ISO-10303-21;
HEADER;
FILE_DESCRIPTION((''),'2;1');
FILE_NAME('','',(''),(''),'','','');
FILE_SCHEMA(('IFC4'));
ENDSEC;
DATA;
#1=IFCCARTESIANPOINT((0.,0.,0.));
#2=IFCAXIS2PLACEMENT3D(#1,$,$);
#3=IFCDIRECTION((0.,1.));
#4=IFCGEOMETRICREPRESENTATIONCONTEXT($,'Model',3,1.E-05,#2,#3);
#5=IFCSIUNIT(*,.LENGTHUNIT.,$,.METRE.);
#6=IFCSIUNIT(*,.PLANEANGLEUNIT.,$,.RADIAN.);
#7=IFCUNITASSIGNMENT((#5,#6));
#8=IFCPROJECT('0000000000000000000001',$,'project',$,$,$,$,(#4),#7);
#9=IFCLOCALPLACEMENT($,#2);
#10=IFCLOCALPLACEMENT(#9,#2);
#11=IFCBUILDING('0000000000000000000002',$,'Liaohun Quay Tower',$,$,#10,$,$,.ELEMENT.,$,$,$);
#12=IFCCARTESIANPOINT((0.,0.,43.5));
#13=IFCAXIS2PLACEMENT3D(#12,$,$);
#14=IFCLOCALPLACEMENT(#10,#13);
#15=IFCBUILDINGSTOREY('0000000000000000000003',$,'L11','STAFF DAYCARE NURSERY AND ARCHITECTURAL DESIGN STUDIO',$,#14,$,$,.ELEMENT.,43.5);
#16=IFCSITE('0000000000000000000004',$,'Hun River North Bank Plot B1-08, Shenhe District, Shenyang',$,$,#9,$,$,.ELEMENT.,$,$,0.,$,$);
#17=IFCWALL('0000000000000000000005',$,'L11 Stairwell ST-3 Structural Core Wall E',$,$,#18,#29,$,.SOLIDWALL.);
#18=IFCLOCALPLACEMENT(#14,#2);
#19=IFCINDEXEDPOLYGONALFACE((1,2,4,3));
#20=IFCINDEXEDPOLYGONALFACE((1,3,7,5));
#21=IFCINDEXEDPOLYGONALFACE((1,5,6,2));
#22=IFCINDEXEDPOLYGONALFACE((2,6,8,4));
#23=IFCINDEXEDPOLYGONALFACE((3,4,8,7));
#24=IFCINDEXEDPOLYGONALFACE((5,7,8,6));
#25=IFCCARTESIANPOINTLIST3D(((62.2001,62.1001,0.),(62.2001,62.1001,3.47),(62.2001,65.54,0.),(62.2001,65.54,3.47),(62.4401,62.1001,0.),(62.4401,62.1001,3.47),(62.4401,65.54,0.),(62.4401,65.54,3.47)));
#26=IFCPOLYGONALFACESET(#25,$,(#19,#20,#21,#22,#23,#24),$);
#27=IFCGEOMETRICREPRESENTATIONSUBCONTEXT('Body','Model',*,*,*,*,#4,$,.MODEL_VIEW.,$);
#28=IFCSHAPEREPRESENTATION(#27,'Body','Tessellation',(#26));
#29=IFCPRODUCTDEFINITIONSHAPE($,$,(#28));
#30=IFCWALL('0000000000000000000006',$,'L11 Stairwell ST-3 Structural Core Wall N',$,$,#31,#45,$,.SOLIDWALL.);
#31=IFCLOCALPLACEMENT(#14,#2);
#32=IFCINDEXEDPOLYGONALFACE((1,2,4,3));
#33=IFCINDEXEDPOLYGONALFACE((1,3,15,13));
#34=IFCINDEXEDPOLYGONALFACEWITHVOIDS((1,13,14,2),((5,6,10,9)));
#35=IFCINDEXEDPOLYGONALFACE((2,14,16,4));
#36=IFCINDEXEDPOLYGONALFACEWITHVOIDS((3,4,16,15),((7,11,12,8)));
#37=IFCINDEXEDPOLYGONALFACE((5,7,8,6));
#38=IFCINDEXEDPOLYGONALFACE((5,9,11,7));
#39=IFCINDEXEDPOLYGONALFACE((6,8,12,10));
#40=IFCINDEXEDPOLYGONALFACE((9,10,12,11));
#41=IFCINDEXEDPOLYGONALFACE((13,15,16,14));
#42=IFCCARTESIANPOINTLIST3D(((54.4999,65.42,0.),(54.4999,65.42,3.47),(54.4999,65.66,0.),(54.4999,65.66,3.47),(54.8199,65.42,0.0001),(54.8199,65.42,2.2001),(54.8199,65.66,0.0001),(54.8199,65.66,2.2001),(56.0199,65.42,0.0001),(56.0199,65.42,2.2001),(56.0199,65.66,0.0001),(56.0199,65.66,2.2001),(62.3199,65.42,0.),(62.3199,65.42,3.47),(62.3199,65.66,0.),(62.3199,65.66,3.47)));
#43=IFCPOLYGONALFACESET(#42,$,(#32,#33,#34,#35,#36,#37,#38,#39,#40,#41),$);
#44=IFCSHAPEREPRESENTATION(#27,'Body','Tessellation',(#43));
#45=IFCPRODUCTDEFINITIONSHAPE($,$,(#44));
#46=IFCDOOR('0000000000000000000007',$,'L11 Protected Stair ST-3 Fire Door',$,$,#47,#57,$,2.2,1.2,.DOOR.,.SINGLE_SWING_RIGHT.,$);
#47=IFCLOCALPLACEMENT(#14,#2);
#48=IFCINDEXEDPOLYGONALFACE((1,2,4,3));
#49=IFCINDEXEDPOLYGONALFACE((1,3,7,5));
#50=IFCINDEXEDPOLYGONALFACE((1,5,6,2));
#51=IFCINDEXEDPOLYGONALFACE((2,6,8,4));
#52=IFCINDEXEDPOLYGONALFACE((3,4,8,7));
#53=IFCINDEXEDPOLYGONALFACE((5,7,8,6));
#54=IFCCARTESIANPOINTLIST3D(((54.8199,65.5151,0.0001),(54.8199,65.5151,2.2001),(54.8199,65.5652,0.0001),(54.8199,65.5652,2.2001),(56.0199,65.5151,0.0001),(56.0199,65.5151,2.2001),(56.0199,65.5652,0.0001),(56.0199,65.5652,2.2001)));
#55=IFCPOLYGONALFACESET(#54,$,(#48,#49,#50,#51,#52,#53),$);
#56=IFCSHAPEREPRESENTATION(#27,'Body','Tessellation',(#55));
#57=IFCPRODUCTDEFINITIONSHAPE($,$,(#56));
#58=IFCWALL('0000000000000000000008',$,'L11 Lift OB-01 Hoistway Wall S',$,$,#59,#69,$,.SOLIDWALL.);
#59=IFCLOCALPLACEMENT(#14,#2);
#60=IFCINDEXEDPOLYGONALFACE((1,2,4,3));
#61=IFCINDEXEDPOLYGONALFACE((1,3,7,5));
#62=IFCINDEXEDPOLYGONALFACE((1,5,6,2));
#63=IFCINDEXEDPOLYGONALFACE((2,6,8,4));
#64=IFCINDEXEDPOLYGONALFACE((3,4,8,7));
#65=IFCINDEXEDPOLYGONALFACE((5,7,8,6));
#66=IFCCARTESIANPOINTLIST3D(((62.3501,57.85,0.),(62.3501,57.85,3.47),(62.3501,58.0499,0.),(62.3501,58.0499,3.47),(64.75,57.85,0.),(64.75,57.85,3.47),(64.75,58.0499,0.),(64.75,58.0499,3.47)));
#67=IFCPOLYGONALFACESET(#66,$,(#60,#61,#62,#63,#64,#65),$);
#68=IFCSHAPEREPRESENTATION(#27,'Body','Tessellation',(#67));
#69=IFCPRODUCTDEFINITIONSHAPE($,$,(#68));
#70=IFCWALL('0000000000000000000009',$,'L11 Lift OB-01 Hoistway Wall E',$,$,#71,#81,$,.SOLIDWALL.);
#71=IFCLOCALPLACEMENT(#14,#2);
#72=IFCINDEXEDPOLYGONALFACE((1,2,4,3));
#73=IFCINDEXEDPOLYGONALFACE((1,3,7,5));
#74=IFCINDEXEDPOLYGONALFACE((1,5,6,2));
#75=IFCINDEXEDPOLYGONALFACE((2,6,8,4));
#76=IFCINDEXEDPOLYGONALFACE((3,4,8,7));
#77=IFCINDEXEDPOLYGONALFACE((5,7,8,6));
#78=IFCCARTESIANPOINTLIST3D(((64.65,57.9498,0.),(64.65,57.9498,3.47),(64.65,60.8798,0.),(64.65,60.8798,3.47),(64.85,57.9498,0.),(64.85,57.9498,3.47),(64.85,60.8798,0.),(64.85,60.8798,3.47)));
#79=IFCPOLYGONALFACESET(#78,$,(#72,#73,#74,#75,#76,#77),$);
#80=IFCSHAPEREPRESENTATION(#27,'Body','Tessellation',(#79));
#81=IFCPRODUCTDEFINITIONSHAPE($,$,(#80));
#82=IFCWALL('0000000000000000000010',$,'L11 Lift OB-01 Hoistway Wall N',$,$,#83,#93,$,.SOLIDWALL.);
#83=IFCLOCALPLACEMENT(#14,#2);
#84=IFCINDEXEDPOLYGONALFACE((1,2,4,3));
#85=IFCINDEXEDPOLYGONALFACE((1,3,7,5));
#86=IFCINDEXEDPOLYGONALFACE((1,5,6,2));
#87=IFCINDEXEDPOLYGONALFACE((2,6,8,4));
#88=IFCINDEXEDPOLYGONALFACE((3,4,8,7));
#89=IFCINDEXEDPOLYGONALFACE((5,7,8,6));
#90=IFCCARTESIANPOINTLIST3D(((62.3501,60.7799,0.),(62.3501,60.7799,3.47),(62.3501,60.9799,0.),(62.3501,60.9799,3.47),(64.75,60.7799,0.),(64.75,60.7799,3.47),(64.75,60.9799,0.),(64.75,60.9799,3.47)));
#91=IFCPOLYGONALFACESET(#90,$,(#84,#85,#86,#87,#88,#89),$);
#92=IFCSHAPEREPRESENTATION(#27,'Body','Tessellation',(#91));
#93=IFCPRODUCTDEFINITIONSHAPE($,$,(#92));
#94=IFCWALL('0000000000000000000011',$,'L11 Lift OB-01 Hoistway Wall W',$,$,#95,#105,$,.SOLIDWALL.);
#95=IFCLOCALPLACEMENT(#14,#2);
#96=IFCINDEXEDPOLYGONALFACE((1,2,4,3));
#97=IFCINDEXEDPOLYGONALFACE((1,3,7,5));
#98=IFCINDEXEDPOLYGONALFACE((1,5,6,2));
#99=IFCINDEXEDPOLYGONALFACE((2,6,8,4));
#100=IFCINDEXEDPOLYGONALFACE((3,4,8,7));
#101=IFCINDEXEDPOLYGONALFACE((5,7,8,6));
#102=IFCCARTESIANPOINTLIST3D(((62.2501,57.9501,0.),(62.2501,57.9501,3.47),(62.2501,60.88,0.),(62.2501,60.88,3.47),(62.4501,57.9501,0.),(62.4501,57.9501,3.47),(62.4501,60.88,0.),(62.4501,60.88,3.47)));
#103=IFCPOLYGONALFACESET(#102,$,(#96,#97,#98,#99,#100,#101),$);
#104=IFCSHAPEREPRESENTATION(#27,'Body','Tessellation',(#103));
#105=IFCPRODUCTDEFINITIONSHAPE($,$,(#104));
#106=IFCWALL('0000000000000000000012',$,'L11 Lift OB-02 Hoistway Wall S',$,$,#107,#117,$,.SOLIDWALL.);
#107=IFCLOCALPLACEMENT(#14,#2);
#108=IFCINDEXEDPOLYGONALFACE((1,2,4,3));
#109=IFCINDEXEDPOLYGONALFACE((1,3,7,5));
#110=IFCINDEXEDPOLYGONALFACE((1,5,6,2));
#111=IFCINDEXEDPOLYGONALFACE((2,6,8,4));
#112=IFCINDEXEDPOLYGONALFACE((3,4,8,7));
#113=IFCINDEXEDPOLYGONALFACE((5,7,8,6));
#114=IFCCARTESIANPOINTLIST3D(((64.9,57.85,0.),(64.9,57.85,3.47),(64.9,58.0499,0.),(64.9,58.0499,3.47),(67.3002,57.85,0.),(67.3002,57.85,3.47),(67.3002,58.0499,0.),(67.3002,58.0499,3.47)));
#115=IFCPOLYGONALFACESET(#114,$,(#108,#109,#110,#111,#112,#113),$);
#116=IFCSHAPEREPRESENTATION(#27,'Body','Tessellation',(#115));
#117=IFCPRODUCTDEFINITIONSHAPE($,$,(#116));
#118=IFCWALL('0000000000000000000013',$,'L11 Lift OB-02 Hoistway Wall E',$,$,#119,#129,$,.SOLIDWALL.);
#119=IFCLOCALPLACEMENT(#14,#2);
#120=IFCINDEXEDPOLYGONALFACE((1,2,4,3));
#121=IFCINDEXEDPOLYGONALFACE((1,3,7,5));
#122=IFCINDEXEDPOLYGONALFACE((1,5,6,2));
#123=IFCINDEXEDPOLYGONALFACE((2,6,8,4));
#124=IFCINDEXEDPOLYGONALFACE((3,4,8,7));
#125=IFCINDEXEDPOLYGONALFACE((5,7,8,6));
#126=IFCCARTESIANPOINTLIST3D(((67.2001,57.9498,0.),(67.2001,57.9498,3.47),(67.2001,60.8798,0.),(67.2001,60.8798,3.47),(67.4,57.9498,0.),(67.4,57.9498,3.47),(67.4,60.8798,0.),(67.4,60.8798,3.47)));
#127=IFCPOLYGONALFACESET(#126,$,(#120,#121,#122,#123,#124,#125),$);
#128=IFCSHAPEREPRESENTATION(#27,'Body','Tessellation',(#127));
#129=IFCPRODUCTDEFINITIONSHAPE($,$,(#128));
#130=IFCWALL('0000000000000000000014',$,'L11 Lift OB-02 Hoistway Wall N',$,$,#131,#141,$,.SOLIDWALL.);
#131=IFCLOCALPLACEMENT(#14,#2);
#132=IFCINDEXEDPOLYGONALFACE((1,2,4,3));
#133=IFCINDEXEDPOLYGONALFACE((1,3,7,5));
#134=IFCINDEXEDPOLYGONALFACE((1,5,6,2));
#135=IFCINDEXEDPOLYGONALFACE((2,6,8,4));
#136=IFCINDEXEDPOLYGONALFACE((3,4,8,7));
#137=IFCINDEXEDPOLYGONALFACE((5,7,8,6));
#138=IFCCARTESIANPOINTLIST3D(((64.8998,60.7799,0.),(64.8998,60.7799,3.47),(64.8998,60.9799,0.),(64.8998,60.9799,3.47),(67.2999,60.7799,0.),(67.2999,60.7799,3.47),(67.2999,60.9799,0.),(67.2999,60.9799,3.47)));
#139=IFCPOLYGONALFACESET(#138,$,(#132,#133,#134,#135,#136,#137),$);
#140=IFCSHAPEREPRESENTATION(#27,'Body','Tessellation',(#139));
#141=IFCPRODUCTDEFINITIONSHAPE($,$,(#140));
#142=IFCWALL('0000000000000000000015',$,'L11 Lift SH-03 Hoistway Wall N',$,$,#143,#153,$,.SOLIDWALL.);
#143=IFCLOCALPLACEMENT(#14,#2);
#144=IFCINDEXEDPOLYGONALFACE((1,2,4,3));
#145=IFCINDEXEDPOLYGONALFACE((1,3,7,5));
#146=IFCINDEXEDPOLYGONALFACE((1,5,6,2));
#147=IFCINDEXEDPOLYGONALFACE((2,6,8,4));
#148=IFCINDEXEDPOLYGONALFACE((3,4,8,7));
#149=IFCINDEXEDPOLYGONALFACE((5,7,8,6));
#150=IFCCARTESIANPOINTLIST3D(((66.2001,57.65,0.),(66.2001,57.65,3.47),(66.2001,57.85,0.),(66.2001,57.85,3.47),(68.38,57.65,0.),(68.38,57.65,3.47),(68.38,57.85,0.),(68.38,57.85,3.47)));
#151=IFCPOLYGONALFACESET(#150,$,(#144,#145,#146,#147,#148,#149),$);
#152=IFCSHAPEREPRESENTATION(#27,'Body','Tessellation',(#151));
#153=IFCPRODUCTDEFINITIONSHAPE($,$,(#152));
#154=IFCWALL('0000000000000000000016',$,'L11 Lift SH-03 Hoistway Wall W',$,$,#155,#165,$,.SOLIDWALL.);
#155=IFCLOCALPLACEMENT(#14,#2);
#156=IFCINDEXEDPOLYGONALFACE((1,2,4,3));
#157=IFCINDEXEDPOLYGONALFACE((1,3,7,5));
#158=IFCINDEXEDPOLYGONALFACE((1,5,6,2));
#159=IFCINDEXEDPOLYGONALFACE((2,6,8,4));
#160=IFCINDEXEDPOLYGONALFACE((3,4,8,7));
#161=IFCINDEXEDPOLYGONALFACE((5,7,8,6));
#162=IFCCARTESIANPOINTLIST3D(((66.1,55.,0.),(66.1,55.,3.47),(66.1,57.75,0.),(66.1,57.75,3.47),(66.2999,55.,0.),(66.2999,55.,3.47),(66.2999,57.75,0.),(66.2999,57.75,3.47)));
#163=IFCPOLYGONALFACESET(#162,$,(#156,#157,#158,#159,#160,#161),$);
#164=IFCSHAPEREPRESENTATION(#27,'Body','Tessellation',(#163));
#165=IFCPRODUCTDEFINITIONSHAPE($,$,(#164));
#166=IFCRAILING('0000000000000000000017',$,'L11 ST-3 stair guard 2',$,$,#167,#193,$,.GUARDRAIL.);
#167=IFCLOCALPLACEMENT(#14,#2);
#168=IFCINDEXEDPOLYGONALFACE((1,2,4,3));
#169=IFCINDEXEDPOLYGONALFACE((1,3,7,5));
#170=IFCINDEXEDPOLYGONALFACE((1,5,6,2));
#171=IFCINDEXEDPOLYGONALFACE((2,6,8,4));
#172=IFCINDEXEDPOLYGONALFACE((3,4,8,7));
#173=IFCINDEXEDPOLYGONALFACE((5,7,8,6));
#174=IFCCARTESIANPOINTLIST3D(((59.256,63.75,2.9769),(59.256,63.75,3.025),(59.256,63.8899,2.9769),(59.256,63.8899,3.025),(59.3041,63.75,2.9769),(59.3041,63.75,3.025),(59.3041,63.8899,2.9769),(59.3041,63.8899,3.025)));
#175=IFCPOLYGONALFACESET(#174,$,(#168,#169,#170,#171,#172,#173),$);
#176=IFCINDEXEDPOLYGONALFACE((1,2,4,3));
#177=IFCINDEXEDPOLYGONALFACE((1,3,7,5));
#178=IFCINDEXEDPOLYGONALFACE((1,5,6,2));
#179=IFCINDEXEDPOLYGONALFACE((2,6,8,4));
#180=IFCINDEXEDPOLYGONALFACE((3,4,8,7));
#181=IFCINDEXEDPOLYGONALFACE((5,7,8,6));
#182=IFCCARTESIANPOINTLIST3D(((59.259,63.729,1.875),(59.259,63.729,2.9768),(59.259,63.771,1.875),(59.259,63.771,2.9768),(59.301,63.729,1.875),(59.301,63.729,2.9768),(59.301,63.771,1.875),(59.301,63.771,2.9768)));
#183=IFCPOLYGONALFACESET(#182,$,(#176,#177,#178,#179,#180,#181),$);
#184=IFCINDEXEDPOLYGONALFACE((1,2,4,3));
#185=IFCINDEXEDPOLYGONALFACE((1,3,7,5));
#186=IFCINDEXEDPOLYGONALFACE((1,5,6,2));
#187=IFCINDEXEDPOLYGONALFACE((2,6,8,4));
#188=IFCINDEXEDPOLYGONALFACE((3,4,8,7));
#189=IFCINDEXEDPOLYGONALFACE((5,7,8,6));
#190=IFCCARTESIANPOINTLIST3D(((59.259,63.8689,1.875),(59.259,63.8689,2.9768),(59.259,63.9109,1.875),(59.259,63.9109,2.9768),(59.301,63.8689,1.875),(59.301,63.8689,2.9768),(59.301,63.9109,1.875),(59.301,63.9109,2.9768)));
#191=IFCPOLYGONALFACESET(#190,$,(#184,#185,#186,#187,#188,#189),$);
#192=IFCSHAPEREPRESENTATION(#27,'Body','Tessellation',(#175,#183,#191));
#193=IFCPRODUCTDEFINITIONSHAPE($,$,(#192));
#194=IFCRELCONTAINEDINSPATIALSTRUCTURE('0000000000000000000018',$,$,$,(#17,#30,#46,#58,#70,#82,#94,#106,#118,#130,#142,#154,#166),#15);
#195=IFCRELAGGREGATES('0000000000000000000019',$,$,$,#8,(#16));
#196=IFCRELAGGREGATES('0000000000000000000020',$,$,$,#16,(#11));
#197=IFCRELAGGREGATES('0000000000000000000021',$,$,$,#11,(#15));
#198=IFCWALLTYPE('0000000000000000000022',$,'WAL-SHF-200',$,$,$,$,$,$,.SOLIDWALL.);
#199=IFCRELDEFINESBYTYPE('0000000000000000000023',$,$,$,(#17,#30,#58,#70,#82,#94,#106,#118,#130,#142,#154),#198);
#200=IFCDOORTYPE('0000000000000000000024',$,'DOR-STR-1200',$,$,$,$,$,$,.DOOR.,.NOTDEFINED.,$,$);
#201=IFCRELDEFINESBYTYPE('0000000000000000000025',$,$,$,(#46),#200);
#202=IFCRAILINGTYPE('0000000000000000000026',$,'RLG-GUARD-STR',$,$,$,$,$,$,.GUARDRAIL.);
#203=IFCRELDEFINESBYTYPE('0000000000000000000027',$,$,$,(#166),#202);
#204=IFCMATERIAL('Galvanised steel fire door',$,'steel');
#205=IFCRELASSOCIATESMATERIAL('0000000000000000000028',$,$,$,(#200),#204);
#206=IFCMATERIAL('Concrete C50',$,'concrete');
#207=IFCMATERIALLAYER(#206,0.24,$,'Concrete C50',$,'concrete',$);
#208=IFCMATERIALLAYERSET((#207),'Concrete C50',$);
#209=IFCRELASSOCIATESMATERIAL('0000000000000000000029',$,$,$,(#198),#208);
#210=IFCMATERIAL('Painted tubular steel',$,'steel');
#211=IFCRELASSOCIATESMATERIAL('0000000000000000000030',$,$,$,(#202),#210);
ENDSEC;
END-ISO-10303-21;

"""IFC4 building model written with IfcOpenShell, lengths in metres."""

from ifc_helpers import new_model, si_unit, direction, frame, frame_2d, origin, origin_2d, place, context, subcontext, project, spatial, rectangle, extrude, source, transform, mapped, material, layer, layer_set, type_object, element, fill, save


model = new_model("IFC4")

# Units and contexts
model_context = context("Model", 3, precision=1e-05, world=origin(), true_north=direction((0.0, 1.0)))
body_context = subcontext(model_context, "Body", "Model", "MODEL_VIEW")
ifc_project = project(units=[si_unit("LENGTHUNIT", "METRE"), si_unit("PLANEANGLEUNIT", "RADIAN")], contexts=[model_context])

# Site, building, storey
site_placement = place(None, origin())
site = spatial("IfcSite", under=ifc_project, at=site_placement, Name="Hun River North Bank Plot B1-08, Shenhe District, Shenyang", CompositionType="ELEMENT", RefElevation=0.0)
building_placement = place(site_placement, origin())
building = spatial("IfcBuilding", under=site, at=building_placement, Name="Liaohun Quay Tower", CompositionType="ELEMENT")
storey_placement = place(building_placement, frame((0.0, 0.0, 43.5)))
storey = spatial("IfcBuildingStorey", under=building, at=storey_placement, Name="L11", Description="STAFF DAYCARE NURSERY AND ARCHITECTURAL DESIGN STUDIO", CompositionType="ELEMENT", Elevation=43.5)

# Shared definitions
ifc_material_1 = material(Name="Galvanised steel fire door", Category="steel")
door_type_1 = type_object("IfcDoorType", Name="DOR-STR-1200", OperationType="NOTDEFINED", PredefinedType="DOOR", material=ifc_material_1)
shared_shape_1 = source(origin(), body_context, "Body", "SweptSolid", [
    extrude(rectangle(XDim=1.2, YDim=2.2, at=frame_2d((0.6001, 1.1001))), frame((0.0, 0.0249, 0.0), z_axis=(0.0, -1.0, 0.0), x_axis=(1.0, 0.0, 0.0)), (0.0, 0.0, 1.0), 0.05),
])

# Wall
ifc_material_2 = material(Name="Concrete C50", Category="concrete")
ifc_layer_1 = layer(ifc_material_2, 0.24, Name="Concrete C50", Category="concrete")
ifc_layer_set_1 = layer_set([ifc_layer_1], Name="Concrete C50")
wall_type_1 = type_object("IfcWallType", Name="WAL-SHF-200", PredefinedType="SOLIDWALL", material=ifc_layer_set_1)
wall_1_placement = place(storey_placement, frame((62.3201, 62.1001, 0.0), z_axis=(0.0, 0.0, 1.0), x_axis=(0.0, 1.0, 0.0)))
element("IfcWall", 1, at=wall_1_placement, inside=storey, type_object=wall_type_1, Name="L11 Stairwell ST-3 Structural Core Wall E", PredefinedType="SOLIDWALL", context=body_context, shape_type="SweptSolid", body=[
    extrude(rectangle(XDim=3.4399, YDim=0.24, at=frame_2d((1.72, 0.0))), origin(), (0.0, 0.0, 1.0), 3.47),
])

# Wall, opening, door
wall_2_placement = place(storey_placement, frame((62.3201, 65.54, 0.0), z_axis=(0.0, 0.0, 1.0), x_axis=(-1.0, 0.0, 0.0)))
wall_2 = element("IfcWall", 2, at=wall_2_placement, inside=storey, type_object=wall_type_1, Name="L11 Stairwell ST-3 Structural Core Wall N", PredefinedType="SOLIDWALL", context=body_context, shape_type="SweptSolid", body=[
    extrude(rectangle(XDim=7.8201, YDim=0.24, at=frame_2d((3.9102, 0.0))), origin(), (0.0, 0.0, 1.0), 3.47),
])
shared_shape_2 = source(origin(), body_context, "Body", "SweptSolid", [
    extrude(rectangle(XDim=1.2, YDim=2.2, at=frame_2d((0.6001, 1.1001))), frame((0.0, 0.1299, 0.0), z_axis=(0.0, -1.0, 0.0), x_axis=(1.0, 0.0, 0.0)), (0.0, 0.0, 1.0), 0.26),
])
opening_1_placement = place(wall_2_placement, frame((6.3, 0.0, 0.0)))
opening_1 = element("IfcOpeningElement", 3, at=opening_1_placement, cuts=wall_2, PredefinedType="OPENING", context=body_context, shape_type="MappedRepresentation", body=[
    mapped(shared_shape_2, transform((0.0, 0.0, 0.0), x_axis=(1.0, 0.0, 0.0), y_axis=(0.0, 1.0, 0.0), z_axis=(0.0, 0.0, 1.0), scale=1.0)),
])
door_1_placement = place(opening_1_placement, origin())
door_1 = element("IfcDoor", 4, at=door_1_placement, inside=storey, type_object=door_type_1, Name="L11 Protected Stair ST-3 Fire Door", OperationType="SINGLE_SWING_RIGHT", OverallHeight=2.2, OverallWidth=1.2, PredefinedType="DOOR", context=body_context, shape_type="MappedRepresentation", body=[
    mapped(shared_shape_1, transform((0.0, 0.0, 0.0), x_axis=(1.0, 0.0, 0.0), y_axis=(0.0, 1.0, 0.0), z_axis=(0.0, 0.0, 1.0), scale=1.0)),
])
fill(opening_1, door_1)

# Walls
wall_3_placement = place(storey_placement, frame((62.3501, 57.95, 0.0), z_axis=(0.0, 0.0, 1.0), x_axis=(1.0, 0.0, 0.0)))
element("IfcWall", 5, at=wall_3_placement, inside=storey, type_object=wall_type_1, Name="L11 Lift OB-01 Hoistway Wall S", PredefinedType="SOLIDWALL", context=body_context, shape_type="SweptSolid", body=[
    extrude(rectangle(XDim=2.3999, YDim=0.2, at=frame_2d((1.2, 0.0))), origin(), (0.0, 0.0, 1.0), 3.47),
])
wall_4_placement = place(storey_placement, frame((64.75, 57.95, 0.0), z_axis=(0.0, 0.0, 1.0), x_axis=(0.0, 1.0, 0.0)))
element("IfcWall", 6, at=wall_4_placement, inside=storey, type_object=wall_type_1, Name="L11 Lift OB-01 Hoistway Wall E", PredefinedType="SOLIDWALL", context=body_context, shape_type="SweptSolid", body=[
    extrude(rectangle(XDim=2.9299, YDim=0.2, at=frame_2d((1.4648, 0.0))), origin(), (0.0, 0.0, 1.0), 3.47),
])
wall_5_placement = place(storey_placement, frame((64.75, 60.8799, 0.0), z_axis=(0.0, 0.0, 1.0), x_axis=(-1.0, 0.0, 0.0)))
element("IfcWall", 7, at=wall_5_placement, inside=storey, type_object=wall_type_1, Name="L11 Lift OB-01 Hoistway Wall N", PredefinedType="SOLIDWALL", context=body_context, shape_type="SweptSolid", body=[
    extrude(rectangle(XDim=2.3999, YDim=0.2, at=frame_2d((1.2, 0.0))), origin(), (0.0, 0.0, 1.0), 3.47),
])
wall_6_placement = place(storey_placement, frame((62.3501, 60.8799, 0.0), z_axis=(0.0, 0.0, 1.0), x_axis=(0.0, -1.0, 0.0)))
element("IfcWall", 8, at=wall_6_placement, inside=storey, type_object=wall_type_1, Name="L11 Lift OB-01 Hoistway Wall W", PredefinedType="SOLIDWALL", context=body_context, shape_type="SweptSolid", body=[
    extrude(rectangle(XDim=2.9299, YDim=0.2, at=frame_2d((1.4648, 0.0))), origin(), (0.0, 0.0, 1.0), 3.47),
])
wall_7_placement = place(storey_placement, frame((64.8999, 57.95, 0.0), z_axis=(0.0, 0.0, 1.0), x_axis=(1.0, 0.0, 0.0)))
element("IfcWall", 9, at=wall_7_placement, inside=storey, type_object=wall_type_1, Name="L11 Lift OB-02 Hoistway Wall S", PredefinedType="SOLIDWALL", context=body_context, shape_type="SweptSolid", body=[
    extrude(rectangle(XDim=2.4001, YDim=0.2, at=frame_2d((1.2002, 0.0))), origin(), (0.0, 0.0, 1.0), 3.47),
])
wall_8_placement = place(storey_placement, frame((67.3, 57.95, 0.0), z_axis=(0.0, 0.0, 1.0), x_axis=(0.0, 1.0, 0.0)))
element("IfcWall", 10, at=wall_8_placement, inside=storey, type_object=wall_type_1, Name="L11 Lift OB-02 Hoistway Wall E", PredefinedType="SOLIDWALL", context=body_context, shape_type="SweptSolid", body=[
    extrude(rectangle(XDim=2.9299, YDim=0.2, at=frame_2d((1.4648, 0.0))), origin(), (0.0, 0.0, 1.0), 3.47),
])
wall_9_placement = place(storey_placement, frame((67.3, 60.8799, 0.0), z_axis=(0.0, 0.0, 1.0), x_axis=(-1.0, 0.0, 0.0)))
element("IfcWall", 11, at=wall_9_placement, inside=storey, type_object=wall_type_1, Name="L11 Lift OB-02 Hoistway Wall N", PredefinedType="SOLIDWALL", context=body_context, shape_type="SweptSolid", body=[
    extrude(rectangle(XDim=2.4001, YDim=0.2, at=frame_2d((1.2002, 0.0))), origin(), (0.0, 0.0, 1.0), 3.47),
])
wall_10_placement = place(storey_placement, frame((68.3799, 57.75, 0.0), z_axis=(0.0, 0.0, 1.0), x_axis=(-1.0, 0.0, 0.0)))
element("IfcWall", 12, at=wall_10_placement, inside=storey, type_object=wall_type_1, Name="L11 Lift SH-03 Hoistway Wall N", PredefinedType="SOLIDWALL", context=body_context, shape_type="SweptSolid", body=[
    extrude(rectangle(XDim=2.1799, YDim=0.2, at=frame_2d((1.0898, 0.0))), origin(), (0.0, 0.0, 1.0), 3.47),
])
wall_11_placement = place(storey_placement, frame((66.2, 57.75, 0.0), z_axis=(0.0, 0.0, 1.0), x_axis=(0.0, -1.0, 0.0)))
element("IfcWall", 13, at=wall_11_placement, inside=storey, type_object=wall_type_1, Name="L11 Lift SH-03 Hoistway Wall W", PredefinedType="SOLIDWALL", context=body_context, shape_type="SweptSolid", body=[
    extrude(rectangle(XDim=2.75, YDim=0.2, at=frame_2d((1.375, 0.0))), origin(), (0.0, 0.0, 1.0), 3.47),
])

# Railing
ifc_material_3 = material(Name="Painted tubular steel", Category="steel")
railing_type_1 = type_object("IfcRailingType", Name="RLG-GUARD-STR", PredefinedType="GUARDRAIL", material=ifc_material_3)
railing_1_placement = place(storey_placement, frame((59.28, 63.75, 1.875)))
element("IfcRailing", 14, at=railing_1_placement, inside=storey, type_object=railing_type_1, Name="L11 ST-3 stair guard 2", PredefinedType="GUARDRAIL", context=body_context, shape_type="SweptSolid", body=[
    extrude(rectangle(XDim=0.0481, YDim=0.0481, at=origin_2d()), frame((0.0, 0.0, 1.126), z_axis=(0.0, 1.0, 0.0), x_axis=(-1.0, 0.0, 0.0)), (0.0, 0.0, 1.0), 0.1399),
    extrude(rectangle(XDim=0.042, YDim=0.042, at=origin_2d()), origin(), (0.0, 0.0, 1.0), 1.1018),
    extrude(rectangle(XDim=0.042, YDim=0.042, at=origin_2d()), frame((0.0, 0.1399, 0.0)), (0.0, 0.0, 1.0), 1.1018),
])

save(model, "model.ifc")
